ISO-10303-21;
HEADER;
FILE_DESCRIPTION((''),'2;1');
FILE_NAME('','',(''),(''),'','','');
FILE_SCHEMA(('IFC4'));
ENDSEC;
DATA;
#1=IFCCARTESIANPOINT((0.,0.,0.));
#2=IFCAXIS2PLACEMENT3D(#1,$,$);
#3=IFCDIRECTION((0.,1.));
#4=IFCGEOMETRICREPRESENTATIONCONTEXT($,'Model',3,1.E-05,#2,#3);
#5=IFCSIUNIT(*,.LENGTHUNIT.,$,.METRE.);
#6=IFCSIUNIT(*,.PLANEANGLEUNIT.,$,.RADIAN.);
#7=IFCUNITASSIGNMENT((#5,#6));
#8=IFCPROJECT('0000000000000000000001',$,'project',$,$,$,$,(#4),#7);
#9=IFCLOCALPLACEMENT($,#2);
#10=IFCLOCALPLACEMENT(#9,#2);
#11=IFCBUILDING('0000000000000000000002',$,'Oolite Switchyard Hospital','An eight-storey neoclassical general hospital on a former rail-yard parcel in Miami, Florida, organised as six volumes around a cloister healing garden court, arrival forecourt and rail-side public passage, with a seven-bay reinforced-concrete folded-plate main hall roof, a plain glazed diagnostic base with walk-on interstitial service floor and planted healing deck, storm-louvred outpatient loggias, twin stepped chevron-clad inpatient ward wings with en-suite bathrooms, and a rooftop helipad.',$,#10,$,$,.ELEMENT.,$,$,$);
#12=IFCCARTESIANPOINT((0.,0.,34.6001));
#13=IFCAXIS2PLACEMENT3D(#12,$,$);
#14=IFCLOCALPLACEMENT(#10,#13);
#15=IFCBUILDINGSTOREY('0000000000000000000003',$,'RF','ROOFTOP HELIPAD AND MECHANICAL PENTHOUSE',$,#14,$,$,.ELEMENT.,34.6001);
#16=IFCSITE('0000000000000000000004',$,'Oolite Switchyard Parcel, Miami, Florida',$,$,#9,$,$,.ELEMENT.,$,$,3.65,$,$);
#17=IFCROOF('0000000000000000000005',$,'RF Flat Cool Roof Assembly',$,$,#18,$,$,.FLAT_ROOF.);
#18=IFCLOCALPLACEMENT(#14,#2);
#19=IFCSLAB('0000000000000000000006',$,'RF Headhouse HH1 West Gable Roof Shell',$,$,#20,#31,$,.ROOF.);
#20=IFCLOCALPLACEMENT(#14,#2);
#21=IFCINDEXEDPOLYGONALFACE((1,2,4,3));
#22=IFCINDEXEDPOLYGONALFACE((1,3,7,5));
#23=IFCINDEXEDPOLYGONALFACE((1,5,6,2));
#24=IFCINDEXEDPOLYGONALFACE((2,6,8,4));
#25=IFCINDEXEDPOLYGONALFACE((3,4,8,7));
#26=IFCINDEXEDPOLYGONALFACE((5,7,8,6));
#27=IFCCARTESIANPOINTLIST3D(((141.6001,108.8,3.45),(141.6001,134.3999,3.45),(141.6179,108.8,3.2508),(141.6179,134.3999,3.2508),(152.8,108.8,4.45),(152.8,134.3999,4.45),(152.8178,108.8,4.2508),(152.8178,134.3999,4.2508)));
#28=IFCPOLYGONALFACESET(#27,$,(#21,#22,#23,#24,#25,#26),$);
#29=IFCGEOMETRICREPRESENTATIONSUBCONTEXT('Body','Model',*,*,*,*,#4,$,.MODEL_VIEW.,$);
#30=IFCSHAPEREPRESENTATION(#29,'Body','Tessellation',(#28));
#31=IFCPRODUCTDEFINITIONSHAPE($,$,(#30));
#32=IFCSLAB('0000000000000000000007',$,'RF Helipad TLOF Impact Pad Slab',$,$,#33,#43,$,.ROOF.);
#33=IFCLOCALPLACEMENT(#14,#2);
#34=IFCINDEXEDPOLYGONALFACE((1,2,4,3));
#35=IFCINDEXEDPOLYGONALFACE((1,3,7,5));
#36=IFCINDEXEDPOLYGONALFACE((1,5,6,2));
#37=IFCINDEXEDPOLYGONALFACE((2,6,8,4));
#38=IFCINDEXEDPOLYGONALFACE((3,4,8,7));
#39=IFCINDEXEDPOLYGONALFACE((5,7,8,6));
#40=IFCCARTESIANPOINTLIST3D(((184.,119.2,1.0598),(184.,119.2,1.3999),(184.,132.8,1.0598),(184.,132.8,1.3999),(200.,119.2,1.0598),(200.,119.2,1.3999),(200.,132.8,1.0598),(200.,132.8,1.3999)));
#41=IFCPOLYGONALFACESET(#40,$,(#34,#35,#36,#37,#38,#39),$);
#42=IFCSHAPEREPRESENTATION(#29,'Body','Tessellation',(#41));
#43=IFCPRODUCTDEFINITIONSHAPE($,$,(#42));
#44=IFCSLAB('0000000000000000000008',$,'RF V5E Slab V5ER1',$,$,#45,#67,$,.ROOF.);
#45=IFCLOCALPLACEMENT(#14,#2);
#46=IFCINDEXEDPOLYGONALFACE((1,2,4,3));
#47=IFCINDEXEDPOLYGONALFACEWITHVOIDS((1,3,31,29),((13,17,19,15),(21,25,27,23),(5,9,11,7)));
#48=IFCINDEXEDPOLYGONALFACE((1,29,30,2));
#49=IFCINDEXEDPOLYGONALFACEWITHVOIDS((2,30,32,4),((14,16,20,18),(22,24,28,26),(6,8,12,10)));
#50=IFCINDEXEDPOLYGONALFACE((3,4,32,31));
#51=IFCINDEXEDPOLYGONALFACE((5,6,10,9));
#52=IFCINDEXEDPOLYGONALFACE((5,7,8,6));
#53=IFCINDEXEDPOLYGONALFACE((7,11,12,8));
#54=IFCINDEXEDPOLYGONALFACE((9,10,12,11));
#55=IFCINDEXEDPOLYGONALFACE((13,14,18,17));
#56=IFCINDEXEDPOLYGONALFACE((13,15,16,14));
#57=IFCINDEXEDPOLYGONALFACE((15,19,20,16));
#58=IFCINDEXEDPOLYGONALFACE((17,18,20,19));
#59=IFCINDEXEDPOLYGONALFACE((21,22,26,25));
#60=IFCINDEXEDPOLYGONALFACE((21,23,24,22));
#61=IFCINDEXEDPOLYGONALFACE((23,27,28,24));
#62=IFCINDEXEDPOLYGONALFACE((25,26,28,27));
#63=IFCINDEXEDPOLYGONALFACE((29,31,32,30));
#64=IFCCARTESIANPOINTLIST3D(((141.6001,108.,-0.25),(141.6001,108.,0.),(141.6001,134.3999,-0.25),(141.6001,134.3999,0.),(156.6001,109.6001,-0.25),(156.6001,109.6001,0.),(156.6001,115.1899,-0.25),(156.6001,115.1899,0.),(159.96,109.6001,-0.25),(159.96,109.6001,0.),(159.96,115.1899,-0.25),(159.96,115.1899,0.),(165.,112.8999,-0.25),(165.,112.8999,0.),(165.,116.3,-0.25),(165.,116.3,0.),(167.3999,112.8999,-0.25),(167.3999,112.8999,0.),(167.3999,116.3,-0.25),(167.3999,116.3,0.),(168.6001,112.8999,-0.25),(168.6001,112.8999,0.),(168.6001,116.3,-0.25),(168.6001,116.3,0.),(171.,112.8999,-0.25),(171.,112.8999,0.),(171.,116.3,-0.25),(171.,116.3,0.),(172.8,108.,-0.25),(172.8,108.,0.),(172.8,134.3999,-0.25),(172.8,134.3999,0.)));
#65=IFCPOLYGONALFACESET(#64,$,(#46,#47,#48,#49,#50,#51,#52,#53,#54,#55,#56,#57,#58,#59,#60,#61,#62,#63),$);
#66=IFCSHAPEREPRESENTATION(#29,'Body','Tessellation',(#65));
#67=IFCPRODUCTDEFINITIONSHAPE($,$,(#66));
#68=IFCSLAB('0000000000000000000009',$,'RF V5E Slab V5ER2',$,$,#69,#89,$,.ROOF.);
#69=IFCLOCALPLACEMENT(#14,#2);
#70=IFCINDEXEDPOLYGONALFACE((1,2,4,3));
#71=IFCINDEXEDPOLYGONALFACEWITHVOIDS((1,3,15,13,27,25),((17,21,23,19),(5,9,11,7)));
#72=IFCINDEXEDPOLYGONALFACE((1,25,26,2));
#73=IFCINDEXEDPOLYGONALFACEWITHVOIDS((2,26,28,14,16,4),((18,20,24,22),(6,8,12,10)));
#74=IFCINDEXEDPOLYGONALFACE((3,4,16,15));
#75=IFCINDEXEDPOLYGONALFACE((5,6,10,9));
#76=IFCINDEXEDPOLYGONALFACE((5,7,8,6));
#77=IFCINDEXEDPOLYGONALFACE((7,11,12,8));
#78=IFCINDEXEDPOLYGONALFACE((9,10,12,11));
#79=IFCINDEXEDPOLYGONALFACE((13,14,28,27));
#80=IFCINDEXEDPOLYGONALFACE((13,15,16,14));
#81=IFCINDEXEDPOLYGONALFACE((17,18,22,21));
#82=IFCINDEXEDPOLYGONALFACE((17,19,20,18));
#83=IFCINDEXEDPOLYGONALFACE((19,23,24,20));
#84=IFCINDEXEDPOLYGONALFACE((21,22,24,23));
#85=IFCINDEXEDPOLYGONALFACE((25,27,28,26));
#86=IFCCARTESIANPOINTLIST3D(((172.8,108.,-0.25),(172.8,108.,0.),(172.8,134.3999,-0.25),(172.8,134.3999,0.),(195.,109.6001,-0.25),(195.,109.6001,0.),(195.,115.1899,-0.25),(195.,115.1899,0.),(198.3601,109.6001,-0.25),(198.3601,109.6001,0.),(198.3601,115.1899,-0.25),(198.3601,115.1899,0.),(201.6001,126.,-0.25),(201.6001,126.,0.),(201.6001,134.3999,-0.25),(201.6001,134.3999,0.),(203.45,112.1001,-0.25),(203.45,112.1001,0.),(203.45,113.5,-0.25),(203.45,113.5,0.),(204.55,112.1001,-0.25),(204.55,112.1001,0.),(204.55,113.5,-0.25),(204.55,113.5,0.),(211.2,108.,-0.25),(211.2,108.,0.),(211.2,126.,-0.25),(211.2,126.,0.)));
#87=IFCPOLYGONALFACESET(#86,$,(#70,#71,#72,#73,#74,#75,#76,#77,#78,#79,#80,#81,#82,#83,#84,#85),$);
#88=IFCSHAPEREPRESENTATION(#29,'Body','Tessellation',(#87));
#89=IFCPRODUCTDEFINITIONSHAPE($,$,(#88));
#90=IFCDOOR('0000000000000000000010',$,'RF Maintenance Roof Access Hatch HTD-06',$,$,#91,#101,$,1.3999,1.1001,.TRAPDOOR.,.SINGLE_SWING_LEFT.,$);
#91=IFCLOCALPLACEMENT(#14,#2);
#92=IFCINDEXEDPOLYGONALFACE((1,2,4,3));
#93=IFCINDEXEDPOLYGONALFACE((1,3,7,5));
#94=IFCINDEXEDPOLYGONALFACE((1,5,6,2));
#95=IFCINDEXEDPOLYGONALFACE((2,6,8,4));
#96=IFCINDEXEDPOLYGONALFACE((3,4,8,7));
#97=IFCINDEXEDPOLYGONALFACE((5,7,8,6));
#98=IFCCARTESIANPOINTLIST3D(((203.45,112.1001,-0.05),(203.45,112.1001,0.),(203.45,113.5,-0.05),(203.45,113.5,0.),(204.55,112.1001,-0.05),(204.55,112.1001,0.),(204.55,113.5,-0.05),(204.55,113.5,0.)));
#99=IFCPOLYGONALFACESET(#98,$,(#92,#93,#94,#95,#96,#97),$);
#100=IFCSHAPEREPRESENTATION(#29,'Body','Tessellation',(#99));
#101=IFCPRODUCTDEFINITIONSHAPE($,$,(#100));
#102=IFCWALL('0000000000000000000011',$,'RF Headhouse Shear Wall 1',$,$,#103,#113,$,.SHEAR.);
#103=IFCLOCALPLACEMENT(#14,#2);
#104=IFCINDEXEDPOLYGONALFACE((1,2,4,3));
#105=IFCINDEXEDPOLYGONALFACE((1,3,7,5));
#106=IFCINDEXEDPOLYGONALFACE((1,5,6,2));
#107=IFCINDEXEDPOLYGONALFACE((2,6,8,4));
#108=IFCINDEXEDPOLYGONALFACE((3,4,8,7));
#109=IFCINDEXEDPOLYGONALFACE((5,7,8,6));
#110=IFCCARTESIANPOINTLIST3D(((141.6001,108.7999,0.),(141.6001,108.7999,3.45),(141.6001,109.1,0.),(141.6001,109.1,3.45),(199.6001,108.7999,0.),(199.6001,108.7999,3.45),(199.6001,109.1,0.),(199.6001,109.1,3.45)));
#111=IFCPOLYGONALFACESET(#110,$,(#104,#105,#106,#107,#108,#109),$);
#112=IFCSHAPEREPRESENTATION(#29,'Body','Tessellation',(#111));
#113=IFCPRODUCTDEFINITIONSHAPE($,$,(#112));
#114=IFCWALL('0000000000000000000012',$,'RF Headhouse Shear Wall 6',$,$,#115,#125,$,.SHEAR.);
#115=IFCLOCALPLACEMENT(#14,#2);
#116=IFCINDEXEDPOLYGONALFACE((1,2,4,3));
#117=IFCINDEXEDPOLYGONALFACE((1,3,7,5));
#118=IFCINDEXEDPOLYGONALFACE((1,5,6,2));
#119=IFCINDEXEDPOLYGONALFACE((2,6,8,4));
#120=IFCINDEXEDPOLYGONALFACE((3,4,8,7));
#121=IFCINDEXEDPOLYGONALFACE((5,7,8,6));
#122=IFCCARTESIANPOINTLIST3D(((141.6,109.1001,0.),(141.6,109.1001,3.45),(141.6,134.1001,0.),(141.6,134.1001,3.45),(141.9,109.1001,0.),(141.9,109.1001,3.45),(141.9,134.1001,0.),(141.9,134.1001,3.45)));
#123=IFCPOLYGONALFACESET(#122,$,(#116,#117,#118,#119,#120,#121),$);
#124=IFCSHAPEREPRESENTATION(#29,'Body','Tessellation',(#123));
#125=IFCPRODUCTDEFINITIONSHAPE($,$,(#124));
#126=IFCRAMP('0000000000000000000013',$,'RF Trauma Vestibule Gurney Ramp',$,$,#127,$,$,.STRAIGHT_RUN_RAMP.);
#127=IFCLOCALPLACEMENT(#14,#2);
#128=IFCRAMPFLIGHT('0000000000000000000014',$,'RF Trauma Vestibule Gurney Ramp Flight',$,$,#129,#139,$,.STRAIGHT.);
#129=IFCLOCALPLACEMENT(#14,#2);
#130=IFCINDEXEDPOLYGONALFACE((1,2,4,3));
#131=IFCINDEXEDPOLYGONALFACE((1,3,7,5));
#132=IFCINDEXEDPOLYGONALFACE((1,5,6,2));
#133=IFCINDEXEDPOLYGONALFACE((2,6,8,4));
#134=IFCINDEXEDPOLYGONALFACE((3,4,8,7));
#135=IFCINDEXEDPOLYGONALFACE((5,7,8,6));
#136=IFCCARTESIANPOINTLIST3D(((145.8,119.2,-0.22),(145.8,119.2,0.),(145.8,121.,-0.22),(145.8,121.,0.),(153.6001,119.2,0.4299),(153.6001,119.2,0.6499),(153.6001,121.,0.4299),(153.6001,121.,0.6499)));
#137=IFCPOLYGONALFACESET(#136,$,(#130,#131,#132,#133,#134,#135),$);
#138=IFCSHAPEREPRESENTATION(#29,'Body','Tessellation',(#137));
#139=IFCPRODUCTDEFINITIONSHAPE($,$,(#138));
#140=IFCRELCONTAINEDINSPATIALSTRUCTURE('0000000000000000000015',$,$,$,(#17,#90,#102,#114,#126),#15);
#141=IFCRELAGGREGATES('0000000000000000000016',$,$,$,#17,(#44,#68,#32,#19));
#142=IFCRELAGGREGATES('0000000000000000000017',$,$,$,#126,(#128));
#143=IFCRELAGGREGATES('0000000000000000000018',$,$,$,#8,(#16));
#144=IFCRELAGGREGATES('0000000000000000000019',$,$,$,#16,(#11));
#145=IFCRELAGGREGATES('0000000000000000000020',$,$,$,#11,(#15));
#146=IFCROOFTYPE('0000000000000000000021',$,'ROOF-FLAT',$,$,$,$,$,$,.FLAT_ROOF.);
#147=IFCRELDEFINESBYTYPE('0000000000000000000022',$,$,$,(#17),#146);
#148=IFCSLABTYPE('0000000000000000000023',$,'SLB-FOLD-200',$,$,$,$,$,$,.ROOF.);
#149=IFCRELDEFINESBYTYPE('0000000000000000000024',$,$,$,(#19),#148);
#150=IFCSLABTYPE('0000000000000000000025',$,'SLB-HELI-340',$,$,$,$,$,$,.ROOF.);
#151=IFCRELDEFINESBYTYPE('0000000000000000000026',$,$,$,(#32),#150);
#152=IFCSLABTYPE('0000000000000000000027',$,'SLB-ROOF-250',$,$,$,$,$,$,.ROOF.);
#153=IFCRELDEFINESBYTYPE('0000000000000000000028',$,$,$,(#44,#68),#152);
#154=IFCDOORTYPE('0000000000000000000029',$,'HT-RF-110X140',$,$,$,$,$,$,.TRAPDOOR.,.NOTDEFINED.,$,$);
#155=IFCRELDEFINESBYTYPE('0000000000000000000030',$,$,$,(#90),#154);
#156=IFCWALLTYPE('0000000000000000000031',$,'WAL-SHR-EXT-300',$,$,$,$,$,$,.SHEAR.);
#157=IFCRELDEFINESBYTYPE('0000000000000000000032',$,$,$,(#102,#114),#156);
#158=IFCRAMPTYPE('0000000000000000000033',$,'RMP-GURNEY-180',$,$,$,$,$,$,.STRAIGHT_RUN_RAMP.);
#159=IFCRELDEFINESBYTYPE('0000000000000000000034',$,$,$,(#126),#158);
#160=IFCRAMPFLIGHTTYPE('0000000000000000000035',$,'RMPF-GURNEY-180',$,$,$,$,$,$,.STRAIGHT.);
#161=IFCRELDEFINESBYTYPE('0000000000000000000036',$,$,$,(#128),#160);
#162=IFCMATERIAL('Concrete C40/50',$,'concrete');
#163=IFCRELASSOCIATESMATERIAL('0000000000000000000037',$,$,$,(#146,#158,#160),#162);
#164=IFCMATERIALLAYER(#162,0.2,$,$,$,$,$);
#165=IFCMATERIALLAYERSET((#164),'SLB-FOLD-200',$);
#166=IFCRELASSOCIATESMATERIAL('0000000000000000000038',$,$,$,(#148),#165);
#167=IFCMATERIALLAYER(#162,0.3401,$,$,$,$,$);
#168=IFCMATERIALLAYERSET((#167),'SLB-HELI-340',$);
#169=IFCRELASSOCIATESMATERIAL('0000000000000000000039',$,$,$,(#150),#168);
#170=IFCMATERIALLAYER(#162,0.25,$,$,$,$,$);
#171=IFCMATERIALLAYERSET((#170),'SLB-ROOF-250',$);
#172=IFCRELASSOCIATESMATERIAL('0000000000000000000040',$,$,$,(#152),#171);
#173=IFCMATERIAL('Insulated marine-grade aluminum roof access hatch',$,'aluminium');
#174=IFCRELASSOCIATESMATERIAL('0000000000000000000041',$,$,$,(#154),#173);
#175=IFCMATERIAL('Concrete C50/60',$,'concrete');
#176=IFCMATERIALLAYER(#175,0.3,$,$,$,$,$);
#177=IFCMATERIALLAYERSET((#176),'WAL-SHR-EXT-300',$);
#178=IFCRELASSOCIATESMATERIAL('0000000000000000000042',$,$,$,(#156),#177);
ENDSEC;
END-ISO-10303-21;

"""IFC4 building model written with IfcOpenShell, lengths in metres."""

from ifc_helpers import new_model, si_unit, direction, frame, frame_2d, origin, origin_2d, place, context, subcontext, project, spatial, polyline, rectangle, outline, extrude, material, layer, layer_set, type_object, element, fill, aggregate, save


model = new_model("IFC4")

# Units and contexts
model_context = context("Model", 3, precision=1e-05, world=origin(), true_north=direction((0.0, 1.0)))
body_context = subcontext(model_context, "Body", "Model", "MODEL_VIEW")
ifc_project = project(units=[si_unit("LENGTHUNIT", "METRE"), si_unit("PLANEANGLEUNIT", "RADIAN")], contexts=[model_context])

# Site, building, storey
site_placement = place(None, origin())
site = spatial("IfcSite", under=ifc_project, at=site_placement, Name="Oolite Switchyard Parcel, Miami, Florida", CompositionType="ELEMENT", RefElevation=3.65)
building_placement = place(site_placement, origin())
building = spatial("IfcBuilding", under=site, at=building_placement, Name="Oolite Switchyard Hospital", Description="An eight-storey neoclassical general hospital on a former rail-yard parcel in Miami, Florida, organised as six volumes around a cloister healing garden court, arrival forecourt and rail-side public passage, with a seven-bay reinforced-concrete folded-plate main hall roof, a plain glazed diagnostic base with walk-on interstitial service floor and planted healing deck, storm-louvred outpatient loggias, twin stepped chevron-clad inpatient ward wings with en-suite bathrooms, and a rooftop helipad.", CompositionType="ELEMENT")
storey_placement = place(building_placement, frame((0.0, 0.0, 34.6001)))
storey = spatial("IfcBuildingStorey", under=building, at=storey_placement, Name="RF", Description="ROOFTOP HELIPAD AND MECHANICAL PENTHOUSE", CompositionType="ELEMENT", Elevation=34.6001)

# Shared definitions
ifc_material_1 = material(Name="Concrete C50/60", Category="concrete")

# Shared definitions
ifc_material_2 = material(Name="Concrete C40/50", Category="concrete")

# Roof
roof_type = type_object("IfcRoofType", Name="ROOF-FLAT", PredefinedType="FLAT_ROOF", material=ifc_material_2)
roof_placement = place(storey_placement, origin())
roof = element("IfcRoof", 1, at=roof_placement, inside=storey, type_object=roof_type, Name="RF Flat Cool Roof Assembly", PredefinedType="FLAT_ROOF")

# Slabs
ifc_layer_1 = layer(ifc_material_2, 0.2)
ifc_layer_set_1 = layer_set([ifc_layer_1], Name="SLB-FOLD-200")
slab_type_1 = type_object("IfcSlabType", Name="SLB-FOLD-200", PredefinedType="ROOF", material=ifc_layer_set_1)
slab_1_placement = place(storey_placement, frame((141.6001, 108.8, 3.45), z_axis=(-0.088932, 0.0, 0.996038), x_axis=(0.996038, 0.0, 0.088932)))
slab_1 = element("IfcSlab", 2, at=slab_1_placement, type_object=slab_type_1, Name="RF Headhouse HH1 West Gable Roof Shell", PredefinedType="ROOF", context=body_context, shape_type="SweptSolid", body=[
    extrude(outline(polyline([(0.0, 0.0), (11.2445, 0.0), (11.2445, 25.5999), (0.0, 25.5999), (0.0, 0.0)])), origin(), (0.0, 0.0, -1.0), 0.2),
])
ifc_layer_2 = layer(ifc_material_2, 0.3401)
ifc_layer_set_2 = layer_set([ifc_layer_2], Name="SLB-HELI-340")
slab_type_2 = type_object("IfcSlabType", Name="SLB-HELI-340", PredefinedType="ROOF", material=ifc_layer_set_2)
slab_2_placement = place(storey_placement, frame((0.0, 0.0, 1.0598)))
slab_2 = element("IfcSlab", 3, at=slab_2_placement, type_object=slab_type_2, Name="RF Helipad TLOF Impact Pad Slab", PredefinedType="ROOF", context=body_context, shape_type="SweptSolid", body=[
    extrude(outline(polyline([(184.0, 119.2), (200.0, 119.2), (200.0, 132.8), (184.0, 132.8), (184.0, 119.2)])), origin(), (0.0, 0.0, 1.0), 0.3401),
])
ifc_layer_3 = layer(ifc_material_2, 0.25)
ifc_layer_set_3 = layer_set([ifc_layer_3], Name="SLB-ROOF-250")
slab_type_3 = type_object("IfcSlabType", Name="SLB-ROOF-250", PredefinedType="ROOF", material=ifc_layer_set_3)
slab_3_placement = place(storey_placement, frame((0.0, 0.0, -0.25)))
slab_3 = element("IfcSlab", 4, at=slab_3_placement, type_object=slab_type_3, Name="RF V5E Slab V5ER1", PredefinedType="ROOF", context=body_context, shape_type="SweptSolid", body=[
    extrude(outline(polyline([(141.6001, 108.0), (172.8, 108.0), (172.8, 134.3999), (141.6001, 134.3999), (141.6001, 108.0)]), holes=[polyline([(156.6001, 115.1899), (156.6001, 109.6001), (159.96, 109.6001), (159.96, 115.1899), (156.6001, 115.1899)]), polyline([(165.0, 112.8999), (167.3999, 112.8999), (167.3999, 116.3), (165.0, 116.3), (165.0, 112.8999)]), polyline([(168.6001, 112.8999), (171.0, 112.8999), (171.0, 116.3), (168.6001, 116.3), (168.6001, 112.8999)])]), origin(), (0.0, 0.0, 1.0), 0.25),
])

# Slab, opening, door
slab_4_placement = place(storey_placement, frame((0.0, 0.0, -0.25)))
slab_4 = element("IfcSlab", 5, at=slab_4_placement, type_object=slab_type_3, Name="RF V5E Slab V5ER2", PredefinedType="ROOF", context=body_context, shape_type="SweptSolid", body=[
    extrude(outline(polyline([(172.8, 108.0), (211.2, 108.0), (211.2, 126.0), (201.6001, 126.0), (201.6001, 134.3999), (172.8, 134.3999), (172.8, 108.0)]), holes=[polyline([(195.0, 115.1899), (195.0, 109.6001), (198.3601, 109.6001), (198.3601, 115.1899), (195.0, 115.1899)])]), origin(), (0.0, 0.0, 1.0), 0.25),
])
opening_placement = place(slab_4_placement, frame((204.0, 112.8, 0.0)))
opening = element("IfcOpeningElement", 6, at=opening_placement, cuts=slab_4, PredefinedType="OPENING", context=body_context, shape_type="SweptSolid", body=[
    extrude(rectangle(XDim=1.1001, YDim=1.3999, at=origin_2d()), frame((0.0, 0.0, -0.01), z_axis=(0.0, 0.0, 1.0), x_axis=(1.0, 0.0, 0.0)), (0.0, 0.0, 1.0), 0.27),
])
ifc_material_3 = material(Name="Insulated marine-grade aluminum roof access hatch", Category="aluminium")
door_type = type_object("IfcDoorType", Name="HT-RF-110X140", OperationType="NOTDEFINED", PredefinedType="TRAPDOOR", material=ifc_material_3)
door_placement = place(opening_placement, frame((0.0, 0.0, 0.2)))
door = element("IfcDoor", 7, at=door_placement, inside=storey, type_object=door_type, Name="RF Maintenance Roof Access Hatch HTD-06", OperationType="SINGLE_SWING_LEFT", OverallHeight=1.3999, OverallWidth=1.1001, PredefinedType="TRAPDOOR", context=body_context, shape_type="SweptSolid", body=[
    extrude(rectangle(XDim=1.1001, YDim=1.3999, at=origin_2d()), origin(), (0.0, 0.0, 1.0), 0.05),
])
fill(opening, door)
aggregate(roof, [slab_3, slab_4, slab_2, slab_1])

# Walls
ifc_layer_4 = layer(ifc_material_1, 0.3)
ifc_layer_set_4 = layer_set([ifc_layer_4], Name="WAL-SHR-EXT-300")
wall_type = type_object("IfcWallType", Name="WAL-SHR-EXT-300", PredefinedType="SHEAR", material=ifc_layer_set_4)
wall_1_placement = place(storey_placement, frame((141.6001, 108.95, 0.0), z_axis=(0.0, 0.0, 1.0), x_axis=(1.0, 0.0, 0.0)))
element("IfcWall", 8, at=wall_1_placement, inside=storey, type_object=wall_type, Name="RF Headhouse Shear Wall 1", PredefinedType="SHEAR", context=body_context, shape_type="SweptSolid", body=[
    extrude(rectangle(XDim=58.0, YDim=0.3, at=frame_2d((29.0, 0.0))), origin(), (0.0, 0.0, 1.0), 3.45),
])
wall_2_placement = place(storey_placement, frame((141.75, 134.1001, 0.0), z_axis=(0.0, 0.0, 1.0), x_axis=(0.0, -1.0, 0.0)))
element("IfcWall", 9, at=wall_2_placement, inside=storey, type_object=wall_type, Name="RF Headhouse Shear Wall 6", PredefinedType="SHEAR", context=body_context, shape_type="SweptSolid", body=[
    extrude(rectangle(XDim=25.0, YDim=0.3, at=frame_2d((12.5, 0.0))), origin(), (0.0, 0.0, 1.0), 3.45),
])

# Ramp, ramp flight
ramp_type = type_object("IfcRampType", Name="RMP-GURNEY-180", PredefinedType="STRAIGHT_RUN_RAMP", material=ifc_material_2)
ramp_placement = place(storey_placement, origin())
ramp = element("IfcRamp", 10, at=ramp_placement, inside=storey, type_object=ramp_type, Name="RF Trauma Vestibule Gurney Ramp", PredefinedType="STRAIGHT_RUN_RAMP")
ramp_flight_type = type_object("IfcRampFlightType", Name="RMPF-GURNEY-180", PredefinedType="STRAIGHT", material=ifc_material_2)
ramp_flight_placement = place(storey_placement, frame((145.8, 120.1001, 0.0), z_axis=(0.0, 0.0, 1.0), x_axis=(1.0, 0.0, 0.0)))
ramp_flight = element("IfcRampFlight", 11, at=ramp_flight_placement, type_object=ramp_flight_type, Name="RF Trauma Vestibule Gurney Ramp Flight", PredefinedType="STRAIGHT", context=body_context, shape_type="SweptSolid", body=[
    extrude(outline(polyline([(0.0, 0.0), (0.0, -0.22), (7.8, 0.4299), (7.8, 0.6499), (0.0, 0.0)])), frame((0.0, 0.8999, 0.0), z_axis=(0.0, -1.0, 0.0), x_axis=(1.0, 0.0, 0.0)), (0.0, 0.0, 1.0), 1.8),
])
aggregate(ramp, [ramp_flight])

save(model, "model.ifc")
